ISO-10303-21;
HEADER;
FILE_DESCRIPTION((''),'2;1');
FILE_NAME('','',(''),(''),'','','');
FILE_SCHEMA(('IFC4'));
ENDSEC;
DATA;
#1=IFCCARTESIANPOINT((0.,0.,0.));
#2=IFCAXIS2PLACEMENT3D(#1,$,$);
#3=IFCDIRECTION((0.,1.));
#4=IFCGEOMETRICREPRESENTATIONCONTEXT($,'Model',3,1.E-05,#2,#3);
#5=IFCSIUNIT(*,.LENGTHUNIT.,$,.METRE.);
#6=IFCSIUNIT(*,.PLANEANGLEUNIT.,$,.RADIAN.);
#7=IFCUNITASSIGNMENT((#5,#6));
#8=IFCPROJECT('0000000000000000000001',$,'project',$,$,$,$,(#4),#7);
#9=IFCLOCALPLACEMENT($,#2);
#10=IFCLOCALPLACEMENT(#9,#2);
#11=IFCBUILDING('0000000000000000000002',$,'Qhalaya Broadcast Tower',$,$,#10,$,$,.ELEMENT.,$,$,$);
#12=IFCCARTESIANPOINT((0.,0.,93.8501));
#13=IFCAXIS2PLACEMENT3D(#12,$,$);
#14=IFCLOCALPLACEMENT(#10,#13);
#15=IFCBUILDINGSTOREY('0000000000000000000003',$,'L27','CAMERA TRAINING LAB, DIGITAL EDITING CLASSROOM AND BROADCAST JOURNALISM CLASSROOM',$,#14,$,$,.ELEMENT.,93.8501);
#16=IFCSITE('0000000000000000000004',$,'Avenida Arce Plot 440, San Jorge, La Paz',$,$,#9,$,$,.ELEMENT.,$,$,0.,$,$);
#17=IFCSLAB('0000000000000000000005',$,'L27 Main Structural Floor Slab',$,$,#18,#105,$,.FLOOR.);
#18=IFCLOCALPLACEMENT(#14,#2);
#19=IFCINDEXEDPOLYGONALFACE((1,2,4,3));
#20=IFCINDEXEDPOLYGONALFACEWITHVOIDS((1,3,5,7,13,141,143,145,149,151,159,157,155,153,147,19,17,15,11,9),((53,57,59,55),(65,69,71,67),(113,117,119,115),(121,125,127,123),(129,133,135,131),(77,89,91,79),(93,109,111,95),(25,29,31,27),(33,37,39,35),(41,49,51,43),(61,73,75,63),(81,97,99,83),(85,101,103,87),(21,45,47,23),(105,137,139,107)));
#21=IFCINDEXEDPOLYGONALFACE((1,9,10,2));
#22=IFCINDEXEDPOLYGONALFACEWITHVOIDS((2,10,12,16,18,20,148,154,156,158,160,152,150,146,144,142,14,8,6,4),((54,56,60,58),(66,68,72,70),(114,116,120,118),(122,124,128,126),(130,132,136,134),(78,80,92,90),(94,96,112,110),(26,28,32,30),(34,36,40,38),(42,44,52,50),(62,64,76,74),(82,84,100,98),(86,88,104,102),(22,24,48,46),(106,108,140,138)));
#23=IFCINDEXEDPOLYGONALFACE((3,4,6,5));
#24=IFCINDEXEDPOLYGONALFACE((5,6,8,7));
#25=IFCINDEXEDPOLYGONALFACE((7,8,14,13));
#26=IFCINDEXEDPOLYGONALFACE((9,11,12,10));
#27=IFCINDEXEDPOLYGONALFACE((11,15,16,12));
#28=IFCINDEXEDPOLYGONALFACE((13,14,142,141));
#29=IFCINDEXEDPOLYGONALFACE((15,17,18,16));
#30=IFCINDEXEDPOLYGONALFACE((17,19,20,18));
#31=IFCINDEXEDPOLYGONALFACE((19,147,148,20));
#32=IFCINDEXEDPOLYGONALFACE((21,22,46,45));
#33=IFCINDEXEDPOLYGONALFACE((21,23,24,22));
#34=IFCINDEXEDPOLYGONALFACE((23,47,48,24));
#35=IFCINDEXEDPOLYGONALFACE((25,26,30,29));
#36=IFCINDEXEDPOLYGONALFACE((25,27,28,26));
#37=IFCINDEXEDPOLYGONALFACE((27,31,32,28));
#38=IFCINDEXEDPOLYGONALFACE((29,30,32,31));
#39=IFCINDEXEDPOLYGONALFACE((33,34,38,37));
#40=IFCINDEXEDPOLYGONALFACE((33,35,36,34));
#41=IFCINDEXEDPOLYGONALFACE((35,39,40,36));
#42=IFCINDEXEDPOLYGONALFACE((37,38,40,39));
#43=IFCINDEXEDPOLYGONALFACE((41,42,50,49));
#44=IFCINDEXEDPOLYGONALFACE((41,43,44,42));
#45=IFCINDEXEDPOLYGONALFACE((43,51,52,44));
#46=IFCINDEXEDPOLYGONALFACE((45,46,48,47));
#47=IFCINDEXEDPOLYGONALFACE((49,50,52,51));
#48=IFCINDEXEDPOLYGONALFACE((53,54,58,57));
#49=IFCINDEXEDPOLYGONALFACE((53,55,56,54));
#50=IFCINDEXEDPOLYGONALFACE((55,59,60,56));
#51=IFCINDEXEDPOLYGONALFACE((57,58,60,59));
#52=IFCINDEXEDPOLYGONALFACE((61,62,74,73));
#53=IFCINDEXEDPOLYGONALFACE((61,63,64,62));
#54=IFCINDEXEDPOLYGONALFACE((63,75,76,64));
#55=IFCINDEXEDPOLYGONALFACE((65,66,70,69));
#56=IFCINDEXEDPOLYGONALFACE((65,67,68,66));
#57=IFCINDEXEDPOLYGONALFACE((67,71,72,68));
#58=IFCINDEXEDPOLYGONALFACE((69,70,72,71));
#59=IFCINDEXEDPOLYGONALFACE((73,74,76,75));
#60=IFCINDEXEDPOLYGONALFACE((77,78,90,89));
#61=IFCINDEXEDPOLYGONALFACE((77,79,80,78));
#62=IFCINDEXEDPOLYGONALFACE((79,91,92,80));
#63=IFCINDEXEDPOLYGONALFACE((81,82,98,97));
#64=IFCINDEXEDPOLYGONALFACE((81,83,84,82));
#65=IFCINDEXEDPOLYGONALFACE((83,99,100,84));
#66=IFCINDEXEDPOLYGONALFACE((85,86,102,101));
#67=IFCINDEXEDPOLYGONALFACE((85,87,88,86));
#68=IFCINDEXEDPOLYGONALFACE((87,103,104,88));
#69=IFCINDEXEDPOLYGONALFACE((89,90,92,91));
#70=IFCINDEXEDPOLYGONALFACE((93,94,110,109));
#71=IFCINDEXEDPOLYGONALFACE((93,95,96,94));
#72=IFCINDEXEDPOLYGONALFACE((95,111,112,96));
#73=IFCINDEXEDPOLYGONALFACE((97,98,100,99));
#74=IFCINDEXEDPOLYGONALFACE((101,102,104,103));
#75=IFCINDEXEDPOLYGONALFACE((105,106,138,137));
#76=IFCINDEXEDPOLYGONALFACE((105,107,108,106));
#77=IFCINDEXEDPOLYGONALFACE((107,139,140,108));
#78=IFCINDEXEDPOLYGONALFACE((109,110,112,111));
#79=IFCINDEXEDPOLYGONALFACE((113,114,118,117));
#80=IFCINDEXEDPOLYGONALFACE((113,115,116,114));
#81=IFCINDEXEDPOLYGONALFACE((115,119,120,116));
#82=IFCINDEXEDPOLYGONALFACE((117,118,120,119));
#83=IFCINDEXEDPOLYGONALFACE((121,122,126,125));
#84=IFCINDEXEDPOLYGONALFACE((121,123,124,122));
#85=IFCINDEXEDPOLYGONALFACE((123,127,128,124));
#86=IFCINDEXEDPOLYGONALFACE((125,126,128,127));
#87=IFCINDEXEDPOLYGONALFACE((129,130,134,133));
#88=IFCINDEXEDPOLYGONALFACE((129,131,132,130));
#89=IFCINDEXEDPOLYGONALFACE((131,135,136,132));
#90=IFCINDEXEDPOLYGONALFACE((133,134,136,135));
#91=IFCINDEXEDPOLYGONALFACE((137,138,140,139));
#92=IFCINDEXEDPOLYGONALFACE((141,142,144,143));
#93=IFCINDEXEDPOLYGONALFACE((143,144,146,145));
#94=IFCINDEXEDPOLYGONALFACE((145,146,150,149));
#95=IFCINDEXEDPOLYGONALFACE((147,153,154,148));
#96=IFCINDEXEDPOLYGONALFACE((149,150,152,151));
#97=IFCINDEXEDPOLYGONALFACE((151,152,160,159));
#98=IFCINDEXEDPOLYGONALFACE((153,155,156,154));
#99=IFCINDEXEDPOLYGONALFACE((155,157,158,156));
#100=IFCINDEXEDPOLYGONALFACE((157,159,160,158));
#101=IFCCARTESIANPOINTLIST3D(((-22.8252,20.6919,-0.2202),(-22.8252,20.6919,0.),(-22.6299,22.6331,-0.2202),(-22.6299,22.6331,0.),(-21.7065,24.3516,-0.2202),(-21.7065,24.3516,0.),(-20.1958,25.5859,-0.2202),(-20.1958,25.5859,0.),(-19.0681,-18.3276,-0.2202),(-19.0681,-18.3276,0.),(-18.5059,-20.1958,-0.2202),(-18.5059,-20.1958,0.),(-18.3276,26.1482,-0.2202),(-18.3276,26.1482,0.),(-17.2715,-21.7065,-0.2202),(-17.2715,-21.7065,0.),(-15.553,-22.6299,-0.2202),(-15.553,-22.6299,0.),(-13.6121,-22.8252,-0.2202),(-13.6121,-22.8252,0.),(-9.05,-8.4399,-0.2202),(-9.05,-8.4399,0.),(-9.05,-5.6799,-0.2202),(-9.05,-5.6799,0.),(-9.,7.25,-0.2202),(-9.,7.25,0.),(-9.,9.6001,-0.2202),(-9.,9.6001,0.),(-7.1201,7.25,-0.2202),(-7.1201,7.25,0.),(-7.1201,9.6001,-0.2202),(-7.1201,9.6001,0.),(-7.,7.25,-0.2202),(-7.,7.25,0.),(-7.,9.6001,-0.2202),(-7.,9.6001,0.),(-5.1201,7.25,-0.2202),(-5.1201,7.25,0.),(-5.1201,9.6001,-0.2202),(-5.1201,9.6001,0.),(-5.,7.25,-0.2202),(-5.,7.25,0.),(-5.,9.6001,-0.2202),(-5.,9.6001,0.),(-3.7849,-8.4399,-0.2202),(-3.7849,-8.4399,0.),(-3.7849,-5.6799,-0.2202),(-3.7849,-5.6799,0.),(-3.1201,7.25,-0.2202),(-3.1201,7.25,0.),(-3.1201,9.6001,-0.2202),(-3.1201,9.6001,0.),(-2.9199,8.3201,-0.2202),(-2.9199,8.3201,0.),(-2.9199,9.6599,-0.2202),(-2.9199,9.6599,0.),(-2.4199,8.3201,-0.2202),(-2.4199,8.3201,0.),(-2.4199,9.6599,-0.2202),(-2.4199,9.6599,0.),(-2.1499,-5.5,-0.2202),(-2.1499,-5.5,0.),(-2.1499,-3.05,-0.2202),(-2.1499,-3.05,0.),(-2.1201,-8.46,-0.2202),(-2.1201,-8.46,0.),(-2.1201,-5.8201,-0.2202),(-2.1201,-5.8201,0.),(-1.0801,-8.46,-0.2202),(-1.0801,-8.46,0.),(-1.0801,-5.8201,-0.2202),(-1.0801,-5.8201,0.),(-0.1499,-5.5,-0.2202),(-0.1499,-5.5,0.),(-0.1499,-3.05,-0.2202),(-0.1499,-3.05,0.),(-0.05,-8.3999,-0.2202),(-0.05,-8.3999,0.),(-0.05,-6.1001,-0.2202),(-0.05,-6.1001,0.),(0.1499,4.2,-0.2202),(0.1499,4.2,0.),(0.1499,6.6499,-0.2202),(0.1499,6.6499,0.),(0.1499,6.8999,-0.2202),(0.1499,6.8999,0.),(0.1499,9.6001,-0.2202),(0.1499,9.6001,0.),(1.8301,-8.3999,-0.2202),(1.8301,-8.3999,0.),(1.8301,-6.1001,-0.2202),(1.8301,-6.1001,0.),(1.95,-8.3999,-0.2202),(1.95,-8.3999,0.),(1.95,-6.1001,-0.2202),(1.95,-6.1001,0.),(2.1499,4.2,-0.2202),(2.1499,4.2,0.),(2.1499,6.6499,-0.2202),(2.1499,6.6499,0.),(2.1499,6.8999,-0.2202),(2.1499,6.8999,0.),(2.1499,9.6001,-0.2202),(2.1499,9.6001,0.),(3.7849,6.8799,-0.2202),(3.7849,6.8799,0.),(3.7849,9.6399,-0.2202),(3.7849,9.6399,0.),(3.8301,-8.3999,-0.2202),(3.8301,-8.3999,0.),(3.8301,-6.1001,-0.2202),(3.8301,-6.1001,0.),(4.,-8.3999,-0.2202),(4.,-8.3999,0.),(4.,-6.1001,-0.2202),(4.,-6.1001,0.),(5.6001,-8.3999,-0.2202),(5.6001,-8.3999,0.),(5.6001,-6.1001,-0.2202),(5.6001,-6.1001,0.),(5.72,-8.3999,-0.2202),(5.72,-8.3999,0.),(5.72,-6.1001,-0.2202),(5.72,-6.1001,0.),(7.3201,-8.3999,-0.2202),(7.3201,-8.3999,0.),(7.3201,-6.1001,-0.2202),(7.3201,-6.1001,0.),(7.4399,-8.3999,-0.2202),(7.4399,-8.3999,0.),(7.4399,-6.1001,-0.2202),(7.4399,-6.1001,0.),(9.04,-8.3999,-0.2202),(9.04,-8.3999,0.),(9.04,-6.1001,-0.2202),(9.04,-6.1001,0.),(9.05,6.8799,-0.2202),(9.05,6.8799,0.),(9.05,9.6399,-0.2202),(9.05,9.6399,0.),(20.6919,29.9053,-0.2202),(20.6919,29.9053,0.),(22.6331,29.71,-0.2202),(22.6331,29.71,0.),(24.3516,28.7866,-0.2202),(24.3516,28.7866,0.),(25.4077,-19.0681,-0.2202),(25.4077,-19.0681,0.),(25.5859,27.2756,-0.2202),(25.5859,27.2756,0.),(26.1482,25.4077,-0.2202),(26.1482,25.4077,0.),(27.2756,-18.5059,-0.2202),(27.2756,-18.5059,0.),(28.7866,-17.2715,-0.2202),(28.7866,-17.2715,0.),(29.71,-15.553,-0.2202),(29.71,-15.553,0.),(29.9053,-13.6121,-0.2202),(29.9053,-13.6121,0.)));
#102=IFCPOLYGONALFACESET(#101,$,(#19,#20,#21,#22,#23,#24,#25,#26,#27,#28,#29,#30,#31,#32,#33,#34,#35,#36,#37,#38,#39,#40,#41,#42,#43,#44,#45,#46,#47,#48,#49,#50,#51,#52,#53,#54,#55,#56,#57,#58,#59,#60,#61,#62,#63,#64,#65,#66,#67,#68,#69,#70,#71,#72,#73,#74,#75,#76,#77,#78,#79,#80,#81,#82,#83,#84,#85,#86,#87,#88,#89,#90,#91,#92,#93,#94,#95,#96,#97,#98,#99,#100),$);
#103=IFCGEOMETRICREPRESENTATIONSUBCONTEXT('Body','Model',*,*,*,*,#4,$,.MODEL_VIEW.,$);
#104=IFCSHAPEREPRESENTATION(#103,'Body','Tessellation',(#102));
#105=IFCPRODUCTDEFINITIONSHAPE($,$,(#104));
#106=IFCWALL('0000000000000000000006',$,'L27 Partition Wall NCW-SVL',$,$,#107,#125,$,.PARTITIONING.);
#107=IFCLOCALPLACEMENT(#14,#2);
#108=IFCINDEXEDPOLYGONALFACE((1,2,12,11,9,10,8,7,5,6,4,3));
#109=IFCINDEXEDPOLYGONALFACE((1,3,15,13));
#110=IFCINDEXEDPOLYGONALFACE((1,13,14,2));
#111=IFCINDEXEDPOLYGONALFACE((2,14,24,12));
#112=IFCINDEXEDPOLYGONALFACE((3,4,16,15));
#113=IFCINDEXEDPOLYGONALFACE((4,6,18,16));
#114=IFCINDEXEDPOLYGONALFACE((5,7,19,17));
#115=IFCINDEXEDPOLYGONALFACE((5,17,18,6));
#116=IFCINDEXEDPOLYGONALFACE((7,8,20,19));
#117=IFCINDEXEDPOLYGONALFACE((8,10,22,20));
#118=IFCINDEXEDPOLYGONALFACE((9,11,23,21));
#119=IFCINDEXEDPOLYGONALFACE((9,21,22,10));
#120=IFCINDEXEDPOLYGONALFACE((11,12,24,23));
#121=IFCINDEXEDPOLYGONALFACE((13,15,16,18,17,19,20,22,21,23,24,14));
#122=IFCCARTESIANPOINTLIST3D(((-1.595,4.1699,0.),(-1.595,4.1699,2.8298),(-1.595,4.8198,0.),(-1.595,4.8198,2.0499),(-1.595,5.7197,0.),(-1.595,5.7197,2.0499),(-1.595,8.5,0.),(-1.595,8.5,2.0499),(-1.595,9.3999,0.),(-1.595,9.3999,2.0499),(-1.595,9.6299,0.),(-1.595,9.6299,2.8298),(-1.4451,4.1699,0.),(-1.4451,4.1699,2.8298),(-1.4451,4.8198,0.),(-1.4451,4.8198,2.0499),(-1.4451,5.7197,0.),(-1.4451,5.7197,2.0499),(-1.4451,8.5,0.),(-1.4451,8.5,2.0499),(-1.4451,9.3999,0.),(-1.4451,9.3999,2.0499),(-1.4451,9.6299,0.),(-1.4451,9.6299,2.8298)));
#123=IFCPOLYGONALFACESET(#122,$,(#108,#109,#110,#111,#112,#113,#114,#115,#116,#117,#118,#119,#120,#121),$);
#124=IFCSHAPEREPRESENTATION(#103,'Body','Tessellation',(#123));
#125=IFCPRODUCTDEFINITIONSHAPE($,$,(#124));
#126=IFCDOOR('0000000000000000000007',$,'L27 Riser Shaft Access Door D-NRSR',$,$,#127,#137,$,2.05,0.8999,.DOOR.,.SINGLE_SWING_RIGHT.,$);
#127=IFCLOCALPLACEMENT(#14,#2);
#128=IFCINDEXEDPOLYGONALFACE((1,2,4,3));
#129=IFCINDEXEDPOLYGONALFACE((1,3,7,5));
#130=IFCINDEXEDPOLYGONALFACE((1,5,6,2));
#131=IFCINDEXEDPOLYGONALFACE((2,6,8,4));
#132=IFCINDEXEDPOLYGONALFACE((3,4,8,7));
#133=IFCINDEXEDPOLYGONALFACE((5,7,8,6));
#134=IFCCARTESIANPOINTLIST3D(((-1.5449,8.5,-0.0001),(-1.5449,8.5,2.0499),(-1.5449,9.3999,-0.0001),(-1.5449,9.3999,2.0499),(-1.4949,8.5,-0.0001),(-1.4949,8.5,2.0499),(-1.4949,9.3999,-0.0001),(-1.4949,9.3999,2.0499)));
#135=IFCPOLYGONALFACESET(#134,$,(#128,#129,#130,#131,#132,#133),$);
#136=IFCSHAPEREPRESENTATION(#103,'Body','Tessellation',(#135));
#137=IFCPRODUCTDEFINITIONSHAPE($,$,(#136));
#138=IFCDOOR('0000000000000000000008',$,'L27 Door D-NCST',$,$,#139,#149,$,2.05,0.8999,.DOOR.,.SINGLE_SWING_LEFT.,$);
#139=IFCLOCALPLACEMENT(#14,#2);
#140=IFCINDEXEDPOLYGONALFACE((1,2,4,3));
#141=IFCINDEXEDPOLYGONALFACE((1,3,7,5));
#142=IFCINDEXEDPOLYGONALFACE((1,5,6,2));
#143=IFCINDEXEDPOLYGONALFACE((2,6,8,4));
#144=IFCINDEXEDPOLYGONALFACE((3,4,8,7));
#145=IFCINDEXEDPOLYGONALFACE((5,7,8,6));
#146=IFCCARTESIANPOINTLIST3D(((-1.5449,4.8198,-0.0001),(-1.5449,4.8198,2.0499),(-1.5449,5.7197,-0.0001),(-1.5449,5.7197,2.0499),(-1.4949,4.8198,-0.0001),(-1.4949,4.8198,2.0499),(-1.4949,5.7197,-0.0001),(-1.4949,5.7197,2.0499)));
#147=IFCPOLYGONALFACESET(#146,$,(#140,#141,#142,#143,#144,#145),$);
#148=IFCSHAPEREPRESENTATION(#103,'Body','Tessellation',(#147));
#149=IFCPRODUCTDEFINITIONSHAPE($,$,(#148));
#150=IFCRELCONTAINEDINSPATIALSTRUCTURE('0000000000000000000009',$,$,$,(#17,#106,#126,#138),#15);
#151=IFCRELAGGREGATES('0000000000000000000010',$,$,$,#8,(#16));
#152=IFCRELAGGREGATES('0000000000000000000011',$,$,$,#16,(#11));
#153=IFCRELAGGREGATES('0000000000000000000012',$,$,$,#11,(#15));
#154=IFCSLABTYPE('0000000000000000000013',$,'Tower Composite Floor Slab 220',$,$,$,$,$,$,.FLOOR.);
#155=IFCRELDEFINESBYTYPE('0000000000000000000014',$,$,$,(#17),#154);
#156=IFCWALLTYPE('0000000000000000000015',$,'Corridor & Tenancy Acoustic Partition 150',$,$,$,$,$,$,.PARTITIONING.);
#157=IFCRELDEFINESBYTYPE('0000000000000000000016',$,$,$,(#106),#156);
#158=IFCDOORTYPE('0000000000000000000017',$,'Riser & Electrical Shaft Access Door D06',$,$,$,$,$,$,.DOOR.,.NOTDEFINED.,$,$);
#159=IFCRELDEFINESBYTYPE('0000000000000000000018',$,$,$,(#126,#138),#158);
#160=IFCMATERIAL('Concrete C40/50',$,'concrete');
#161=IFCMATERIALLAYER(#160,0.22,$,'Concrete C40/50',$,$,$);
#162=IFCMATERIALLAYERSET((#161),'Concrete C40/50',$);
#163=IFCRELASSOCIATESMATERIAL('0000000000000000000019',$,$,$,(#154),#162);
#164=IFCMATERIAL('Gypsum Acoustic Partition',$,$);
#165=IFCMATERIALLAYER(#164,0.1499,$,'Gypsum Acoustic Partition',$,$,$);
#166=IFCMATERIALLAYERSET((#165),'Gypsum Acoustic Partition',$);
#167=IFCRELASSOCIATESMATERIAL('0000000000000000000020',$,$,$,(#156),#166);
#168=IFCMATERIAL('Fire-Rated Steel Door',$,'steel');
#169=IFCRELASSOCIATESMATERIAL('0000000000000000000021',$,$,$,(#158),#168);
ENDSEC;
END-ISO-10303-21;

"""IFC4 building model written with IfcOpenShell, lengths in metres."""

from ifc_helpers import new_model, si_unit, direction, frame, frame_2d, origin, place, context, subcontext, project, spatial, polyline, rectangle, outline, extrude, material, layer, layer_set, type_object, element, fill, save


model = new_model("IFC4")

# Units and contexts
model_context = context("Model", 3, precision=1e-05, world=origin(), true_north=direction((0.0, 1.0)))
body_context = subcontext(model_context, "Body", "Model", "MODEL_VIEW")
ifc_project = project(units=[si_unit("LENGTHUNIT", "METRE"), si_unit("PLANEANGLEUNIT", "RADIAN")], contexts=[model_context])

# Site, building, storey
site_placement = place(None, origin())
site = spatial("IfcSite", under=ifc_project, at=site_placement, Name="Avenida Arce Plot 440, San Jorge, La Paz", CompositionType="ELEMENT", RefElevation=0.0)
building_placement = place(site_placement, origin())
building = spatial("IfcBuilding", under=site, at=building_placement, Name="Qhalaya Broadcast Tower", CompositionType="ELEMENT")
storey_placement = place(building_placement, frame((0.0, 0.0, 93.8501)))
storey = spatial("IfcBuildingStorey", under=building, at=storey_placement, Name="L27", Description="CAMERA TRAINING LAB, DIGITAL EDITING CLASSROOM AND BROADCAST JOURNALISM CLASSROOM", CompositionType="ELEMENT", Elevation=93.8501)

# Shared definitions
ifc_material_1 = material(Name="Concrete C40/50", Category="concrete")

# Slab
ifc_layer_1 = layer(ifc_material_1, 0.22, Name="Concrete C40/50")
ifc_layer_set_1 = layer_set([ifc_layer_1], Name="Concrete C40/50")
slab_type_1 = type_object("IfcSlabType", Name="Tower Composite Floor Slab 220", PredefinedType="FLOOR", material=ifc_layer_set_1)
slab_1_placement = place(storey_placement, frame((0.0, 0.0, -0.2202)))
element("IfcSlab", 1, at=slab_1_placement, inside=storey, type_object=slab_type_1, Name="L27 Main Structural Floor Slab", PredefinedType="FLOOR", context=body_context, shape_type="SweptSolid", body=[
    extrude(outline(polyline([(25.4077, -19.0681), (27.2756, -18.5059), (28.7866, -17.2715), (29.71, -15.553), (29.9053, -13.6121), (26.1482, 25.4077), (25.5859, 27.2756), (24.3516, 28.7866), (22.6331, 29.71), (20.6919, 29.9053), (-18.3276, 26.1482), (-20.1958, 25.5859), (-21.7065, 24.3516), (-22.6299, 22.6331), (-22.8252, 20.6919), (-19.0681, -18.3276), (-18.5059, -20.1958), (-17.2715, -21.7065), (-15.553, -22.6299), (-13.6121, -22.8252), (25.4077, -19.0681)]), holes=[polyline([(3.7849, 9.6399), (9.05, 9.6399), (9.05, 6.8799), (3.7849, 6.8799), (3.7849, 9.6399)]), polyline([(-3.7849, -8.4399), (-9.05, -8.4399), (-9.05, -5.6799), (-3.7849, -5.6799), (-3.7849, -8.4399)]), polyline([(0.1499, 6.6499), (2.1499, 6.6499), (2.1499, 4.2), (0.1499, 4.2), (0.1499, 6.6499)]), polyline([(0.1499, 9.6001), (2.1499, 9.6001), (2.1499, 6.8999), (0.1499, 6.8999), (0.1499, 9.6001)]), polyline([(-2.1499, -3.05), (-0.1499, -3.05), (-0.1499, -5.5), (-2.1499, -5.5), (-2.1499, -3.05)]), polyline([(-9.0, 9.6001), (-7.1201, 9.6001), (-7.1201, 7.25), (-9.0, 7.25), (-9.0, 9.6001)]), polyline([(-7.0, 9.6001), (-5.1201, 9.6001), (-5.1201, 7.25), (-7.0, 7.25), (-7.0, 9.6001)]), polyline([(-5.0, 9.6001), (-3.1201, 9.6001), (-3.1201, 7.25), (-5.0, 7.25), (-5.0, 9.6001)]), polyline([(-0.05, -6.1001), (1.8301, -6.1001), (1.8301, -8.3999), (-0.05, -8.3999), (-0.05, -6.1001)]), polyline([(1.95, -6.1001), (3.8301, -6.1001), (3.8301, -8.3999), (1.95, -8.3999), (1.95, -6.1001)]), polyline([(4.0, -6.1001), (5.6001, -6.1001), (5.6001, -8.3999), (4.0, -8.3999), (4.0, -6.1001)]), polyline([(5.72, -6.1001), (7.3201, -6.1001), (7.3201, -8.3999), (5.72, -8.3999), (5.72, -6.1001)]), polyline([(7.4399, -6.1001), (9.04, -6.1001), (9.04, -8.3999), (7.4399, -8.3999), (7.4399, -6.1001)]), polyline([(-2.9199, 9.6599), (-2.4199, 9.6599), (-2.4199, 8.3201), (-2.9199, 8.3201), (-2.9199, 9.6599)]), polyline([(-2.1201, -5.8201), (-1.0801, -5.8201), (-1.0801, -8.46), (-2.1201, -8.46), (-2.1201, -5.8201)])]), origin(), (0.0, 0.0, 1.0), 0.2202),
])

# Wall, openings, doors
ifc_material_2 = material(Name="Gypsum Acoustic Partition")
ifc_layer_2 = layer(ifc_material_2, 0.1499, Name="Gypsum Acoustic Partition")
ifc_layer_set_2 = layer_set([ifc_layer_2], Name="Gypsum Acoustic Partition")
wall_type_1 = type_object("IfcWallType", Name="Corridor & Tenancy Acoustic Partition 150", PredefinedType="PARTITIONING", material=ifc_layer_set_2)
wall_1_placement = place(storey_placement, frame((-1.52, 4.1699, 0.0), z_axis=(0.0, 0.0, 1.0), x_axis=(0.0, 1.0, 0.0)))
wall_1 = element("IfcWall", 2, at=wall_1_placement, inside=storey, type_object=wall_type_1, Name="L27 Partition Wall NCW-SVL", PredefinedType="PARTITIONING", context=body_context, shape_type="SweptSolid", body=[
    extrude(rectangle(XDim=5.46, YDim=0.1499, at=frame_2d((2.73, 0.0))), origin(), (0.0, 0.0, 1.0), 2.8298),
])
opening_1_placement = place(wall_1_placement, frame((4.3301, 0.0, 0.0)))
opening_1 = element("IfcOpeningElement", 3, at=opening_1_placement, cuts=wall_1, PredefinedType="OPENING", context=body_context, shape_type="SweptSolid", body=[
    extrude(rectangle(XDim=0.8999, YDim=2.05, at=frame_2d((0.45, 1.0249))), frame((0.0, 0.0869, 0.0), z_axis=(0.0, -1.0, 0.0), x_axis=(1.0, 0.0, 0.0)), (0.0, 0.0, 1.0), 0.1738),
])
opening_2_placement = place(wall_1_placement, frame((0.6499, 0.0, 0.0)))
opening_2 = element("IfcOpeningElement", 4, at=opening_2_placement, cuts=wall_1, PredefinedType="OPENING", context=body_context, shape_type="SweptSolid", body=[
    extrude(rectangle(XDim=0.8999, YDim=2.05, at=frame_2d((0.45, 1.0249))), frame((0.0, 0.0869, 0.0), z_axis=(0.0, -1.0, 0.0), x_axis=(1.0, 0.0, 0.0)), (0.0, 0.0, 1.0), 0.1738),
])
ifc_material_3 = material(Name="Fire-Rated Steel Door", Category="steel")
door_type_1 = type_object("IfcDoorType", Name="Riser & Electrical Shaft Access Door D06", OperationType="NOTDEFINED", PredefinedType="DOOR", material=ifc_material_3)
door_1_placement = place(opening_1_placement, origin())
door_1 = element("IfcDoor", 5, at=door_1_placement, inside=storey, type_object=door_type_1, Name="L27 Riser Shaft Access Door D-NRSR", OperationType="SINGLE_SWING_RIGHT", OverallHeight=2.05, OverallWidth=0.8999, PredefinedType="DOOR", context=body_context, shape_type="SweptSolid", body=[
    extrude(rectangle(XDim=0.8999, YDim=2.05, at=frame_2d((0.45, 1.0249))), frame((0.0, 0.0249, 0.0), z_axis=(0.0, -1.0, 0.0), x_axis=(1.0, 0.0, 0.0)), (0.0, 0.0, 1.0), 0.05),
])
fill(opening_1, door_1)
door_2_placement = place(opening_2_placement, origin())
door_2 = element("IfcDoor", 6, at=door_2_placement, inside=storey, type_object=door_type_1, Name="L27 Door D-NCST", OperationType="SINGLE_SWING_LEFT", OverallHeight=2.05, OverallWidth=0.8999, PredefinedType="DOOR", context=body_context, shape_type="SweptSolid", body=[
    extrude(rectangle(XDim=0.8999, YDim=2.05, at=frame_2d((0.45, 1.0249))), frame((0.0, 0.0249, 0.0), z_axis=(0.0, -1.0, 0.0), x_axis=(1.0, 0.0, 0.0)), (0.0, 0.0, 1.0), 0.05),
])
fill(opening_2, door_2)

save(model, "model.ifc")
